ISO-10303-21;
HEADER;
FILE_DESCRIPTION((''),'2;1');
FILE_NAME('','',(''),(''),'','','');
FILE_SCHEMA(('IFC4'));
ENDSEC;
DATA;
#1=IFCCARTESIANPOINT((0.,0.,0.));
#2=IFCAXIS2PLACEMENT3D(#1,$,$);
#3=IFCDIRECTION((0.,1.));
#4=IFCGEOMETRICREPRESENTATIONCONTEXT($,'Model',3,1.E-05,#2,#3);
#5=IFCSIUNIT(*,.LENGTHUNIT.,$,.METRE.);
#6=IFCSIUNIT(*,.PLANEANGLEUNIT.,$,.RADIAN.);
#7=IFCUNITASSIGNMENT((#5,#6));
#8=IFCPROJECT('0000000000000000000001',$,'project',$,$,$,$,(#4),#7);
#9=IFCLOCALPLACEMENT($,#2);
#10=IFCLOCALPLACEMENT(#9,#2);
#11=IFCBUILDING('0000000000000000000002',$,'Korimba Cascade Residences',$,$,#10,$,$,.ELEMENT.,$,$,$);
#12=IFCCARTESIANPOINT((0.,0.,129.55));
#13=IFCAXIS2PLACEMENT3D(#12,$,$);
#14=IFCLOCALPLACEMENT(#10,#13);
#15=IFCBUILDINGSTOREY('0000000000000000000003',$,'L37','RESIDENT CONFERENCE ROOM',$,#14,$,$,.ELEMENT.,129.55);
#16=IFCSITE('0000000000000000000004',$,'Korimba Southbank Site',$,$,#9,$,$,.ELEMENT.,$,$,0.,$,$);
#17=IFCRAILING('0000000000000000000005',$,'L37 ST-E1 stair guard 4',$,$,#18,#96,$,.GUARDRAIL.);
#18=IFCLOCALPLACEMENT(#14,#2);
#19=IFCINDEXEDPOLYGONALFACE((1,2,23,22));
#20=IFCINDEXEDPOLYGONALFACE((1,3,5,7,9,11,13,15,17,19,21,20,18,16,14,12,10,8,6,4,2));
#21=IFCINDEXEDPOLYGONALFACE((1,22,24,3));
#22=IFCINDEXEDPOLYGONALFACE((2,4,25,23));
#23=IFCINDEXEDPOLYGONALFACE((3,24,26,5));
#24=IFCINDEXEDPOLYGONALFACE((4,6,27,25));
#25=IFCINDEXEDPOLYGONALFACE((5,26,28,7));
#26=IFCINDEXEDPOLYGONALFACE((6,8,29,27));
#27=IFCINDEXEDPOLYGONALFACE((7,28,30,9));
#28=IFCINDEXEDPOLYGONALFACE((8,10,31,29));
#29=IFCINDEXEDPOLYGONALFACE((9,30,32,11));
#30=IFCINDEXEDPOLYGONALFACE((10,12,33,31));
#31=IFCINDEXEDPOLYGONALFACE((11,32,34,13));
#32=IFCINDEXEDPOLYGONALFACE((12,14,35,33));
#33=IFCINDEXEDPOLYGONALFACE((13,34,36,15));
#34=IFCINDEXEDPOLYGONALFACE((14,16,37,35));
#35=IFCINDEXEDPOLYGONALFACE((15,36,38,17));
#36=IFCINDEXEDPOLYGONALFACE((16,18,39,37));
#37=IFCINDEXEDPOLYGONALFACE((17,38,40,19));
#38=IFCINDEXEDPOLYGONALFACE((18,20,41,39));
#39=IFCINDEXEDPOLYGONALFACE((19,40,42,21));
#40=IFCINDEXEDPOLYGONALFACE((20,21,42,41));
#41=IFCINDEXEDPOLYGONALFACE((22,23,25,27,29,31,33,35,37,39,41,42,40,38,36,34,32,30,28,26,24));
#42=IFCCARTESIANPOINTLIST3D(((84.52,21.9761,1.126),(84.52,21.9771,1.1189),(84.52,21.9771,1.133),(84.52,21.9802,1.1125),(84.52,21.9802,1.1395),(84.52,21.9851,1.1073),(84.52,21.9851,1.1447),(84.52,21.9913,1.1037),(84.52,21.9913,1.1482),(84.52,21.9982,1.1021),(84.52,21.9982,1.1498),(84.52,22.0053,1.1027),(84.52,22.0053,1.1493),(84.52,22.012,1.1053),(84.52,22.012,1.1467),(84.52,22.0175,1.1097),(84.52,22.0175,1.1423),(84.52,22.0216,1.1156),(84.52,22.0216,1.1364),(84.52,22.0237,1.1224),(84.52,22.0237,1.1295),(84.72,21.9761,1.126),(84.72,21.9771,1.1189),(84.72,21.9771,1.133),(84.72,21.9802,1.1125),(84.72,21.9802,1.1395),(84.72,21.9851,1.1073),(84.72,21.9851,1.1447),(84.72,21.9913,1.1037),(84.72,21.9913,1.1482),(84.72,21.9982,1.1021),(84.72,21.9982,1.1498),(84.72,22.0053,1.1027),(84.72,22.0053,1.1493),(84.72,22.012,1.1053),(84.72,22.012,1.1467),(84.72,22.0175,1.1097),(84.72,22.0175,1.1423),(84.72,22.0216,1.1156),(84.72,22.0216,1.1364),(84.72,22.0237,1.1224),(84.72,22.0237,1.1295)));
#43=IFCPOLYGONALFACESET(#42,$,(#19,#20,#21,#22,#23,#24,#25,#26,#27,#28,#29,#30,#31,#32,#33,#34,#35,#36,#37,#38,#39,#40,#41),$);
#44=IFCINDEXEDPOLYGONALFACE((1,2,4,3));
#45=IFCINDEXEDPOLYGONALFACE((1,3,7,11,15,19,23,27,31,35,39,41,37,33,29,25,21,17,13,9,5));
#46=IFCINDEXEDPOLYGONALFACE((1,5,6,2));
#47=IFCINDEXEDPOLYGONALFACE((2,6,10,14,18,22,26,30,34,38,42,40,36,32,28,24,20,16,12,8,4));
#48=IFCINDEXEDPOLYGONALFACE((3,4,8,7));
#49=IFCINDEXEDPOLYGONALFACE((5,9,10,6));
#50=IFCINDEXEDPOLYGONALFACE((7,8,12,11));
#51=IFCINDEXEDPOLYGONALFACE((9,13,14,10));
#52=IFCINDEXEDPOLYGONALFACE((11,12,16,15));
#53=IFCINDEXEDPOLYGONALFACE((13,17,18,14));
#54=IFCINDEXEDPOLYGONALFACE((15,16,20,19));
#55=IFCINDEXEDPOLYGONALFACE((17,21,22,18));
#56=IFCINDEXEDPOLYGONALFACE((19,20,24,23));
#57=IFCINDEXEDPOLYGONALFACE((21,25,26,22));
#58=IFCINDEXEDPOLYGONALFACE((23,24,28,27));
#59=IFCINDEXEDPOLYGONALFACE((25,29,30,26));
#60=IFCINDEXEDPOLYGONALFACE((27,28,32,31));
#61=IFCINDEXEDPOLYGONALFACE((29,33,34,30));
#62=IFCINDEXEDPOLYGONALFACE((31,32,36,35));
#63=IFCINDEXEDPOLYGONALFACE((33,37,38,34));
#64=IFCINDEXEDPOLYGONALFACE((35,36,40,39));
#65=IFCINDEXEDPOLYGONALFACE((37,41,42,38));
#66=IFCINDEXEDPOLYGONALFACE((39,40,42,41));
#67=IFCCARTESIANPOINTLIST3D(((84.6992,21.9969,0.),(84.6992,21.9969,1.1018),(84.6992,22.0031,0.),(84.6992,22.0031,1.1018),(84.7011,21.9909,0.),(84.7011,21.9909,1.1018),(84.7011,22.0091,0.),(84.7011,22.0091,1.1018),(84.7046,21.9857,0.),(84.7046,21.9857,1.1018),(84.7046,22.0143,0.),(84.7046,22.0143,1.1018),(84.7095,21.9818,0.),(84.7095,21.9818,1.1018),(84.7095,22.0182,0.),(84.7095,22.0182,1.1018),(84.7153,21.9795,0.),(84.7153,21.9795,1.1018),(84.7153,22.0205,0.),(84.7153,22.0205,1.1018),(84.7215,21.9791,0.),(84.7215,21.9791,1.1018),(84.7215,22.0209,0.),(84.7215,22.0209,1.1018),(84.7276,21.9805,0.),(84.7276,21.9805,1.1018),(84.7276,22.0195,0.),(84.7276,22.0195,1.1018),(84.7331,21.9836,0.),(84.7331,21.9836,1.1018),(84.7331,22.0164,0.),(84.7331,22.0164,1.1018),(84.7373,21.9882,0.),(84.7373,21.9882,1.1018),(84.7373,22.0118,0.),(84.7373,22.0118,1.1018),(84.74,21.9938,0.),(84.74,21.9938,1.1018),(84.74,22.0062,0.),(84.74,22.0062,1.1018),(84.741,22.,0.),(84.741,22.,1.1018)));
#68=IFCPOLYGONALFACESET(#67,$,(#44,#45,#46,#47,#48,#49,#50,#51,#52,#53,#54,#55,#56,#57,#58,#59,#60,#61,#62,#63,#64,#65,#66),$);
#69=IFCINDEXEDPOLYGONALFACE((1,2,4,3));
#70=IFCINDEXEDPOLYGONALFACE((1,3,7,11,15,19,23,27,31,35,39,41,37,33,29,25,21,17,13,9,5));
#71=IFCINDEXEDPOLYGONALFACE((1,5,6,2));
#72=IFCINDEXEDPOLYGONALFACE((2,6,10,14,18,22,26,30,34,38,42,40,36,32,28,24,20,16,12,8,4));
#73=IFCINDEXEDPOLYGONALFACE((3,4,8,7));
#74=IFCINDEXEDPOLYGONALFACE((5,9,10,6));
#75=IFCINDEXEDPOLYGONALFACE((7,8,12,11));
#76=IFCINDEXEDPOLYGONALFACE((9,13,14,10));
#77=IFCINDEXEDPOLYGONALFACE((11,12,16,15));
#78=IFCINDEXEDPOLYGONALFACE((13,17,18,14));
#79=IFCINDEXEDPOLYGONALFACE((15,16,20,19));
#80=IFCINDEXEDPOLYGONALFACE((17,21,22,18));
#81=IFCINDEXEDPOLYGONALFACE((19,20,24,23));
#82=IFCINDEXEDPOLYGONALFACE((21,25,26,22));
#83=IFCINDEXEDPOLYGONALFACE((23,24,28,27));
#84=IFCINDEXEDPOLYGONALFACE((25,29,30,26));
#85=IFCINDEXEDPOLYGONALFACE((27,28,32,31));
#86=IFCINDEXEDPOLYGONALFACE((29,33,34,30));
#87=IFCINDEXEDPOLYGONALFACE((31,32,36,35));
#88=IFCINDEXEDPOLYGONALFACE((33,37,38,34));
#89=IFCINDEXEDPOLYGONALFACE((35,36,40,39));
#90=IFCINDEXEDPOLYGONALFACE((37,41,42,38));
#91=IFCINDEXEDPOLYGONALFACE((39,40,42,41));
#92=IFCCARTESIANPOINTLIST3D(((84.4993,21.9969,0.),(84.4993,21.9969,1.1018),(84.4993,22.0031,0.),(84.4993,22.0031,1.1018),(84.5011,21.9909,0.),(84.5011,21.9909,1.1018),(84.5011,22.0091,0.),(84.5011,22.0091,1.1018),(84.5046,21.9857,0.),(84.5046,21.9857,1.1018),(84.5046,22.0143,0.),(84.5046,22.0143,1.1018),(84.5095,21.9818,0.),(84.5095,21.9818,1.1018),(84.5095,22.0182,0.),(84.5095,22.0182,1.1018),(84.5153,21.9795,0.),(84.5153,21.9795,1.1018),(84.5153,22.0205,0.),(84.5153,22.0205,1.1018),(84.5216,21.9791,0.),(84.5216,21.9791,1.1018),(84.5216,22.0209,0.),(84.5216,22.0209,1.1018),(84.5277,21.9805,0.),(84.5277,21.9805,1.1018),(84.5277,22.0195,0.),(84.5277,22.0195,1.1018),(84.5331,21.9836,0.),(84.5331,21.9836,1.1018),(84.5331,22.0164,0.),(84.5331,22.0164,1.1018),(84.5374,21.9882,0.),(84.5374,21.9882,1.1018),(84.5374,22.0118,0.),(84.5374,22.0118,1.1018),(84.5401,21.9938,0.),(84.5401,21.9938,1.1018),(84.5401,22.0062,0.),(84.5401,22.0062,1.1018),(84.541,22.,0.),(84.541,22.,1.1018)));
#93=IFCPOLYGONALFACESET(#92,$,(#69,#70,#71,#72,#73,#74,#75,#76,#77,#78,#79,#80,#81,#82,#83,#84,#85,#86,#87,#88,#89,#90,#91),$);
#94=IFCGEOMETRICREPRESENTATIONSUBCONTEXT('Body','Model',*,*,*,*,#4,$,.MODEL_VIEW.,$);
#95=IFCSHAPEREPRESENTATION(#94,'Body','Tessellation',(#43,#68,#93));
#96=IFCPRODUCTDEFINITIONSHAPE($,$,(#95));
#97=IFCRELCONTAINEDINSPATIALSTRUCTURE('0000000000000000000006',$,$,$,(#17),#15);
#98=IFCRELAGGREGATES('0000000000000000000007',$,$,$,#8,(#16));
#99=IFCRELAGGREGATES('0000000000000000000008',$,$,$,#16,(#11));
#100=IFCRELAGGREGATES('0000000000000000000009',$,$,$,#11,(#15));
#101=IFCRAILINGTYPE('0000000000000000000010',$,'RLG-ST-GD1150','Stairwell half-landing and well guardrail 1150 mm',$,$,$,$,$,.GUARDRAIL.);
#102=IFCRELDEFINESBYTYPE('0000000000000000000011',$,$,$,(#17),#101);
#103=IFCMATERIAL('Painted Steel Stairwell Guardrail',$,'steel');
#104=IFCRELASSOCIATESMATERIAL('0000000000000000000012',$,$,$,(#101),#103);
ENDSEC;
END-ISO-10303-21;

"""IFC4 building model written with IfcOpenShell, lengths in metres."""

from ifc_helpers import new_model, si_unit, direction, frame, origin, origin_2d, place, context, subcontext, project, spatial, circle, extrude, material, type_object, element, save


model = new_model("IFC4")

# Units and contexts
model_context = context("Model", 3, precision=1e-05, world=origin(), true_north=direction((0.0, 1.0)))
body_context = subcontext(model_context, "Body", "Model", "MODEL_VIEW")
ifc_project = project(units=[si_unit("LENGTHUNIT", "METRE"), si_unit("PLANEANGLEUNIT", "RADIAN")], contexts=[model_context])

# Site, building, storey
site_placement = place(None, origin())
site = spatial("IfcSite", under=ifc_project, at=site_placement, Name="Korimba Southbank Site", CompositionType="ELEMENT", RefElevation=0.0)
building_placement = place(site_placement, origin())
building = spatial("IfcBuilding", under=site, at=building_placement, Name="Korimba Cascade Residences", CompositionType="ELEMENT")
storey_placement = place(building_placement, frame((0.0, 0.0, 129.55)))
storey = spatial("IfcBuildingStorey", under=building, at=storey_placement, Name="L37", Description="RESIDENT CONFERENCE ROOM", CompositionType="ELEMENT", Elevation=129.55)

# Railing
ifc_material_1 = material(Name="Painted Steel Stairwell Guardrail", Category="steel")
railing_type_1 = type_object("IfcRailingType", Name="RLG-ST-GD1150", Description="Stairwell half-landing and well guardrail 1150 mm", PredefinedType="GUARDRAIL", material=ifc_material_1)
railing_1_placement = place(storey_placement, frame((84.72, 22.0, 0.0)))
element("IfcRailing", 1, at=railing_1_placement, inside=storey, type_object=railing_type_1, Name="L37 ST-E1 stair guard 4", PredefinedType="GUARDRAIL", context=body_context, shape_type="SweptSolid", body=[
    extrude(circle(Radius=0.0239, at=origin_2d()), frame((0.0, 0.0, 1.126), z_axis=(-1.0, 0.0, 0.0), x_axis=(0.0, -1.0, 0.0)), (0.0, 0.0, 1.0), 0.2),
    extrude(circle(Radius=0.021, at=origin_2d()), origin(), (0.0, 0.0, 1.0), 1.1018),
    extrude(circle(Radius=0.021, at=origin_2d()), frame((-0.2, 0.0, 0.0)), (0.0, 0.0, 1.0), 1.1018),
])

save(model, "model.ifc")
